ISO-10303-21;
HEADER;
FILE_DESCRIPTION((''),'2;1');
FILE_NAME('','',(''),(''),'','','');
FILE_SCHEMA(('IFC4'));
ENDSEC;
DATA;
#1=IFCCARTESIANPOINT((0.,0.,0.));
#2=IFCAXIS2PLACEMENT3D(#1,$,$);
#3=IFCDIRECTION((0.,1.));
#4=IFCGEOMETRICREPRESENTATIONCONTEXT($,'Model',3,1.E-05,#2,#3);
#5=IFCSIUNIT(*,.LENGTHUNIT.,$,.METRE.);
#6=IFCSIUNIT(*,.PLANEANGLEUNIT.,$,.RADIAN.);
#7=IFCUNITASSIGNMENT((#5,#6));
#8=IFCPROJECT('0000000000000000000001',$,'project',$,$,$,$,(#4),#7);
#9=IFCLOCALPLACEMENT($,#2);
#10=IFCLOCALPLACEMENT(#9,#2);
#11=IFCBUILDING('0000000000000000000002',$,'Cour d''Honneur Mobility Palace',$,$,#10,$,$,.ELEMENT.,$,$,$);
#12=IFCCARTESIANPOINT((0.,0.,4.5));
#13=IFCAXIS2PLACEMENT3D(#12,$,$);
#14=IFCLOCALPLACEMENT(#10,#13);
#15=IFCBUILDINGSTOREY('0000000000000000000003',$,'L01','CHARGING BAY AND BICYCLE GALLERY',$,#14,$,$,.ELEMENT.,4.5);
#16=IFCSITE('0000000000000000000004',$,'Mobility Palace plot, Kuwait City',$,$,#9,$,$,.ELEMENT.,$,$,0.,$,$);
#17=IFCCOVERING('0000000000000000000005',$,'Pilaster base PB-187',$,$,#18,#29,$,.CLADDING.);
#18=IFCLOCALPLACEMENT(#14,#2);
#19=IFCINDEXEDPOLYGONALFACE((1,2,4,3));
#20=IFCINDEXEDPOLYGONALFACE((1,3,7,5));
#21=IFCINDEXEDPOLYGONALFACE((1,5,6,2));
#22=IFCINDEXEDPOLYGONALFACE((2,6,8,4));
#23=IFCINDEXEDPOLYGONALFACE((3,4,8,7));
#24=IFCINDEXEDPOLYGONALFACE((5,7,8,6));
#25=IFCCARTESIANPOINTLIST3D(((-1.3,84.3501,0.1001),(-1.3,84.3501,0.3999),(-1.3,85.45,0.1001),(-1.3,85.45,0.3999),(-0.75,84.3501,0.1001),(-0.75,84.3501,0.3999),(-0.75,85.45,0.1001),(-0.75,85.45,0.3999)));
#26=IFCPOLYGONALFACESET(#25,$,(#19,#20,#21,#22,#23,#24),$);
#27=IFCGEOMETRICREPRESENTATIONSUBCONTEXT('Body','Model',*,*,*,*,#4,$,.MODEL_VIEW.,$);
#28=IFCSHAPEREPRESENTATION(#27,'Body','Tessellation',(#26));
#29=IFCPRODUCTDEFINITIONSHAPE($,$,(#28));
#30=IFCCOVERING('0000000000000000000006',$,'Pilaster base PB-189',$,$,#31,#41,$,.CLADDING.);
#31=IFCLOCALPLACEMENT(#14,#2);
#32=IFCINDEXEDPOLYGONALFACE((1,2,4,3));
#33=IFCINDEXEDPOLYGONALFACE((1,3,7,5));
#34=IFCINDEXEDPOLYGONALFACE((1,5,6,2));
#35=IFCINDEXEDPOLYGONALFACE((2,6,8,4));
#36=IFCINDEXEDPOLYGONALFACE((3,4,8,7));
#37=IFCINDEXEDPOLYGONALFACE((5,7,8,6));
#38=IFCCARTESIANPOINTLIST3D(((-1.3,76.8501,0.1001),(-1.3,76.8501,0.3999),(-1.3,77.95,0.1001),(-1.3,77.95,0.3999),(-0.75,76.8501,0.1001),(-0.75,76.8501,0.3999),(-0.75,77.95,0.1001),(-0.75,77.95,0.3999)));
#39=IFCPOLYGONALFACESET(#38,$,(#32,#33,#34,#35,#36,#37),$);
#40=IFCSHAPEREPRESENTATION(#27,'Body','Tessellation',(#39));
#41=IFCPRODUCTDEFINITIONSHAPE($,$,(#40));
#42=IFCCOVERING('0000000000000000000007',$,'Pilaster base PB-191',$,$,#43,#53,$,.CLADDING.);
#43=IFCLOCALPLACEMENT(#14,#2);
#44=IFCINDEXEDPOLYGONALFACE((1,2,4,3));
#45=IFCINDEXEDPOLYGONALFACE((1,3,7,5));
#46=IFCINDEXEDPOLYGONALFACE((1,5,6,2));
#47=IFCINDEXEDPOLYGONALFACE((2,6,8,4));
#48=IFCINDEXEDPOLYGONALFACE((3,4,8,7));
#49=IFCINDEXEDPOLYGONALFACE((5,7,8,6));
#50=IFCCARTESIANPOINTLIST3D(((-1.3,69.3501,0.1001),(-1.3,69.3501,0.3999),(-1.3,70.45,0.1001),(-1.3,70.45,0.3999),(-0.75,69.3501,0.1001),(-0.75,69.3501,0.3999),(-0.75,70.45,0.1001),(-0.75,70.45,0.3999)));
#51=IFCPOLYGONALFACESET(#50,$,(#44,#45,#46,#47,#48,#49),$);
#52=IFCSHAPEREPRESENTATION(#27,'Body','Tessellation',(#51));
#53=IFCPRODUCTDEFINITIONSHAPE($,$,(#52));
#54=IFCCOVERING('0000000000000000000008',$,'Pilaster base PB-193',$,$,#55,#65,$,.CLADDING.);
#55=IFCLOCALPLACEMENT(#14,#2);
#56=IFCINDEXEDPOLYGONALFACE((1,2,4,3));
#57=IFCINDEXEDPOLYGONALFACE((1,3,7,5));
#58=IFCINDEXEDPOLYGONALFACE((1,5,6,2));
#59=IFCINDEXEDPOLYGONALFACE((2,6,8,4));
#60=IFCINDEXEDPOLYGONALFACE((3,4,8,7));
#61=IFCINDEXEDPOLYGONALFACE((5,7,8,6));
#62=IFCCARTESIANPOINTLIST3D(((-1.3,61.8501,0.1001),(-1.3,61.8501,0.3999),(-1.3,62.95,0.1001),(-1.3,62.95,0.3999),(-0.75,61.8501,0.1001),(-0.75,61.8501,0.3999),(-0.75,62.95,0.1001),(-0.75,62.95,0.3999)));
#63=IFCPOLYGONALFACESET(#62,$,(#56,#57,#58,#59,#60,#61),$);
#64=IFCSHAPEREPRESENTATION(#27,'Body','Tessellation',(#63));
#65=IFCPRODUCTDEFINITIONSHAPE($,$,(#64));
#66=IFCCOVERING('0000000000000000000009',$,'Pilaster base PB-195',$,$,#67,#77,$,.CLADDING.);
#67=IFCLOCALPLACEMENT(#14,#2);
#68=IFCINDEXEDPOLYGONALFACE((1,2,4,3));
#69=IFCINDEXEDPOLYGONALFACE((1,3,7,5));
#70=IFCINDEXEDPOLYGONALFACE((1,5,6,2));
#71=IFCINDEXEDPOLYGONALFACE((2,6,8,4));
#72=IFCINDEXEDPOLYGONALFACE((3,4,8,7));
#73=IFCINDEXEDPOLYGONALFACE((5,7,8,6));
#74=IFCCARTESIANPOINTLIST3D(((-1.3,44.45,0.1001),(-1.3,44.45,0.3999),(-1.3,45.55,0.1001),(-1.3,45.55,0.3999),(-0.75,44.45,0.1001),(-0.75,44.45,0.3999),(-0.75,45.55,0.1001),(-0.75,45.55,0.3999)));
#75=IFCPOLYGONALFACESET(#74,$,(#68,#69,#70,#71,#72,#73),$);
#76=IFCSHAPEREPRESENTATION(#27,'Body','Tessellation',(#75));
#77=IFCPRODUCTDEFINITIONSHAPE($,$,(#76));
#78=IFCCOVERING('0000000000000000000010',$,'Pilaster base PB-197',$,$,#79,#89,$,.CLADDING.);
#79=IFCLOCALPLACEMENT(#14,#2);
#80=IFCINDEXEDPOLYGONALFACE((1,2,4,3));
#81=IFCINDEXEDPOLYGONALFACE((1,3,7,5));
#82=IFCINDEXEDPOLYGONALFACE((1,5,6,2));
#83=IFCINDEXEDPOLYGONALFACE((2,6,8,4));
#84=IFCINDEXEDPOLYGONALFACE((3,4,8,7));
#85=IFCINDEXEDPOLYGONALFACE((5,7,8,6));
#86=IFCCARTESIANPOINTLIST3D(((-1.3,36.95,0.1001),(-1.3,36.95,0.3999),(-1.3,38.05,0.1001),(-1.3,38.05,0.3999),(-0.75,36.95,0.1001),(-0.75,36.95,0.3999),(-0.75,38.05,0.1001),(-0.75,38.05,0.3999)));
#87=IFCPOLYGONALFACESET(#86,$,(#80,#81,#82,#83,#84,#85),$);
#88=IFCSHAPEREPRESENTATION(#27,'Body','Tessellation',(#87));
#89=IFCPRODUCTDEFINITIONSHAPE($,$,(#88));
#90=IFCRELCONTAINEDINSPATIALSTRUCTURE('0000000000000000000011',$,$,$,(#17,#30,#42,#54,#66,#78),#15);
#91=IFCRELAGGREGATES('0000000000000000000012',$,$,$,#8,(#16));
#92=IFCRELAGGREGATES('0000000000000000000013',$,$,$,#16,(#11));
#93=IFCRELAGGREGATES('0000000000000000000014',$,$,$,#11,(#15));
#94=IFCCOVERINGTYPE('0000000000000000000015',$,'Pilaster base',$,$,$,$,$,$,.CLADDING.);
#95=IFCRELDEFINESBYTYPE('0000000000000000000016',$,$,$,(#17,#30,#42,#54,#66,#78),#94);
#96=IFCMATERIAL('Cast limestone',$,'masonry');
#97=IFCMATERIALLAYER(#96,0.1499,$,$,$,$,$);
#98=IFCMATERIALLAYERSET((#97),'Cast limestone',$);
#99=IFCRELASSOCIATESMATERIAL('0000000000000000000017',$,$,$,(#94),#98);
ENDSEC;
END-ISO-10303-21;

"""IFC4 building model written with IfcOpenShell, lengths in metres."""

from ifc_helpers import new_model, si_unit, direction, frame, origin, place, context, subcontext, project, spatial, polyline, outline, extrude, material, layer, layer_set, type_object, element, save


model = new_model("IFC4")

# Units and contexts
model_context = context("Model", 3, precision=1e-05, world=origin(), true_north=direction((0.0, 1.0)))
body_context = subcontext(model_context, "Body", "Model", "MODEL_VIEW")
ifc_project = project(units=[si_unit("LENGTHUNIT", "METRE"), si_unit("PLANEANGLEUNIT", "RADIAN")], contexts=[model_context])

# Site, building, storey
site_placement = place(None, origin())
site = spatial("IfcSite", under=ifc_project, at=site_placement, Name="Mobility Palace plot, Kuwait City", CompositionType="ELEMENT", RefElevation=0.0)
building_placement = place(site_placement, origin())
building = spatial("IfcBuilding", under=site, at=building_placement, Name="Cour d'Honneur Mobility Palace", CompositionType="ELEMENT")
storey_placement = place(building_placement, frame((0.0, 0.0, 4.5)))
storey = spatial("IfcBuildingStorey", under=building, at=storey_placement, Name="L01", Description="CHARGING BAY AND BICYCLE GALLERY", CompositionType="ELEMENT", Elevation=4.5)

# Coverings
ifc_material = material(Name="Cast limestone", Category="masonry")
ifc_layer = layer(ifc_material, 0.1499)
ifc_layer_set = layer_set([ifc_layer], Name="Cast limestone")
covering_type = type_object("IfcCoveringType", Name="Pilaster base", PredefinedType="CLADDING", material=ifc_layer_set)
covering_1_placement = place(storey_placement, frame((0.0, 0.0, 0.1001)))
element("IfcCovering", 1, at=covering_1_placement, inside=storey, type_object=covering_type, Name="Pilaster base PB-187", PredefinedType="CLADDING", context=body_context, shape_type="SweptSolid", body=[
    extrude(outline(polyline([(-0.75, 85.45), (-0.75, 84.3501), (-1.3, 84.3501), (-1.3, 85.45), (-0.75, 85.45)])), origin(), (0.0, 0.0, 1.0), 0.2998),
])
covering_2_placement = place(storey_placement, frame((0.0, 0.0, 0.1001)))
element("IfcCovering", 2, at=covering_2_placement, inside=storey, type_object=covering_type, Name="Pilaster base PB-189", PredefinedType="CLADDING", context=body_context, shape_type="SweptSolid", body=[
    extrude(outline(polyline([(-0.75, 77.95), (-0.75, 76.8501), (-1.3, 76.8501), (-1.3, 77.95), (-0.75, 77.95)])), origin(), (0.0, 0.0, 1.0), 0.2998),
])
covering_3_placement = place(storey_placement, frame((0.0, 0.0, 0.1001)))
element("IfcCovering", 3, at=covering_3_placement, inside=storey, type_object=covering_type, Name="Pilaster base PB-191", PredefinedType="CLADDING", context=body_context, shape_type="SweptSolid", body=[
    extrude(outline(polyline([(-0.75, 70.45), (-0.75, 69.3501), (-1.3, 69.3501), (-1.3, 70.45), (-0.75, 70.45)])), origin(), (0.0, 0.0, 1.0), 0.2998),
])
covering_4_placement = place(storey_placement, frame((0.0, 0.0, 0.1001)))
element("IfcCovering", 4, at=covering_4_placement, inside=storey, type_object=covering_type, Name="Pilaster base PB-193", PredefinedType="CLADDING", context=body_context, shape_type="SweptSolid", body=[
    extrude(outline(polyline([(-0.75, 62.95), (-0.75, 61.8501), (-1.3, 61.8501), (-1.3, 62.95), (-0.75, 62.95)])), origin(), (0.0, 0.0, 1.0), 0.2998),
])
covering_5_placement = place(storey_placement, frame((0.0, 0.0, 0.1001)))
element("IfcCovering", 5, at=covering_5_placement, inside=storey, type_object=covering_type, Name="Pilaster base PB-195", PredefinedType="CLADDING", context=body_context, shape_type="SweptSolid", body=[
    extrude(outline(polyline([(-0.75, 45.55), (-0.75, 44.45), (-1.3, 44.45), (-1.3, 45.55), (-0.75, 45.55)])), origin(), (0.0, 0.0, 1.0), 0.2998),
])
covering_6_placement = place(storey_placement, frame((0.0, 0.0, 0.1001)))
element("IfcCovering", 6, at=covering_6_placement, inside=storey, type_object=covering_type, Name="Pilaster base PB-197", PredefinedType="CLADDING", context=body_context, shape_type="SweptSolid", body=[
    extrude(outline(polyline([(-0.75, 38.05), (-0.75, 36.95), (-1.3, 36.95), (-1.3, 38.05), (-0.75, 38.05)])), origin(), (0.0, 0.0, 1.0), 0.2998),
])

save(model, "model.ifc")
